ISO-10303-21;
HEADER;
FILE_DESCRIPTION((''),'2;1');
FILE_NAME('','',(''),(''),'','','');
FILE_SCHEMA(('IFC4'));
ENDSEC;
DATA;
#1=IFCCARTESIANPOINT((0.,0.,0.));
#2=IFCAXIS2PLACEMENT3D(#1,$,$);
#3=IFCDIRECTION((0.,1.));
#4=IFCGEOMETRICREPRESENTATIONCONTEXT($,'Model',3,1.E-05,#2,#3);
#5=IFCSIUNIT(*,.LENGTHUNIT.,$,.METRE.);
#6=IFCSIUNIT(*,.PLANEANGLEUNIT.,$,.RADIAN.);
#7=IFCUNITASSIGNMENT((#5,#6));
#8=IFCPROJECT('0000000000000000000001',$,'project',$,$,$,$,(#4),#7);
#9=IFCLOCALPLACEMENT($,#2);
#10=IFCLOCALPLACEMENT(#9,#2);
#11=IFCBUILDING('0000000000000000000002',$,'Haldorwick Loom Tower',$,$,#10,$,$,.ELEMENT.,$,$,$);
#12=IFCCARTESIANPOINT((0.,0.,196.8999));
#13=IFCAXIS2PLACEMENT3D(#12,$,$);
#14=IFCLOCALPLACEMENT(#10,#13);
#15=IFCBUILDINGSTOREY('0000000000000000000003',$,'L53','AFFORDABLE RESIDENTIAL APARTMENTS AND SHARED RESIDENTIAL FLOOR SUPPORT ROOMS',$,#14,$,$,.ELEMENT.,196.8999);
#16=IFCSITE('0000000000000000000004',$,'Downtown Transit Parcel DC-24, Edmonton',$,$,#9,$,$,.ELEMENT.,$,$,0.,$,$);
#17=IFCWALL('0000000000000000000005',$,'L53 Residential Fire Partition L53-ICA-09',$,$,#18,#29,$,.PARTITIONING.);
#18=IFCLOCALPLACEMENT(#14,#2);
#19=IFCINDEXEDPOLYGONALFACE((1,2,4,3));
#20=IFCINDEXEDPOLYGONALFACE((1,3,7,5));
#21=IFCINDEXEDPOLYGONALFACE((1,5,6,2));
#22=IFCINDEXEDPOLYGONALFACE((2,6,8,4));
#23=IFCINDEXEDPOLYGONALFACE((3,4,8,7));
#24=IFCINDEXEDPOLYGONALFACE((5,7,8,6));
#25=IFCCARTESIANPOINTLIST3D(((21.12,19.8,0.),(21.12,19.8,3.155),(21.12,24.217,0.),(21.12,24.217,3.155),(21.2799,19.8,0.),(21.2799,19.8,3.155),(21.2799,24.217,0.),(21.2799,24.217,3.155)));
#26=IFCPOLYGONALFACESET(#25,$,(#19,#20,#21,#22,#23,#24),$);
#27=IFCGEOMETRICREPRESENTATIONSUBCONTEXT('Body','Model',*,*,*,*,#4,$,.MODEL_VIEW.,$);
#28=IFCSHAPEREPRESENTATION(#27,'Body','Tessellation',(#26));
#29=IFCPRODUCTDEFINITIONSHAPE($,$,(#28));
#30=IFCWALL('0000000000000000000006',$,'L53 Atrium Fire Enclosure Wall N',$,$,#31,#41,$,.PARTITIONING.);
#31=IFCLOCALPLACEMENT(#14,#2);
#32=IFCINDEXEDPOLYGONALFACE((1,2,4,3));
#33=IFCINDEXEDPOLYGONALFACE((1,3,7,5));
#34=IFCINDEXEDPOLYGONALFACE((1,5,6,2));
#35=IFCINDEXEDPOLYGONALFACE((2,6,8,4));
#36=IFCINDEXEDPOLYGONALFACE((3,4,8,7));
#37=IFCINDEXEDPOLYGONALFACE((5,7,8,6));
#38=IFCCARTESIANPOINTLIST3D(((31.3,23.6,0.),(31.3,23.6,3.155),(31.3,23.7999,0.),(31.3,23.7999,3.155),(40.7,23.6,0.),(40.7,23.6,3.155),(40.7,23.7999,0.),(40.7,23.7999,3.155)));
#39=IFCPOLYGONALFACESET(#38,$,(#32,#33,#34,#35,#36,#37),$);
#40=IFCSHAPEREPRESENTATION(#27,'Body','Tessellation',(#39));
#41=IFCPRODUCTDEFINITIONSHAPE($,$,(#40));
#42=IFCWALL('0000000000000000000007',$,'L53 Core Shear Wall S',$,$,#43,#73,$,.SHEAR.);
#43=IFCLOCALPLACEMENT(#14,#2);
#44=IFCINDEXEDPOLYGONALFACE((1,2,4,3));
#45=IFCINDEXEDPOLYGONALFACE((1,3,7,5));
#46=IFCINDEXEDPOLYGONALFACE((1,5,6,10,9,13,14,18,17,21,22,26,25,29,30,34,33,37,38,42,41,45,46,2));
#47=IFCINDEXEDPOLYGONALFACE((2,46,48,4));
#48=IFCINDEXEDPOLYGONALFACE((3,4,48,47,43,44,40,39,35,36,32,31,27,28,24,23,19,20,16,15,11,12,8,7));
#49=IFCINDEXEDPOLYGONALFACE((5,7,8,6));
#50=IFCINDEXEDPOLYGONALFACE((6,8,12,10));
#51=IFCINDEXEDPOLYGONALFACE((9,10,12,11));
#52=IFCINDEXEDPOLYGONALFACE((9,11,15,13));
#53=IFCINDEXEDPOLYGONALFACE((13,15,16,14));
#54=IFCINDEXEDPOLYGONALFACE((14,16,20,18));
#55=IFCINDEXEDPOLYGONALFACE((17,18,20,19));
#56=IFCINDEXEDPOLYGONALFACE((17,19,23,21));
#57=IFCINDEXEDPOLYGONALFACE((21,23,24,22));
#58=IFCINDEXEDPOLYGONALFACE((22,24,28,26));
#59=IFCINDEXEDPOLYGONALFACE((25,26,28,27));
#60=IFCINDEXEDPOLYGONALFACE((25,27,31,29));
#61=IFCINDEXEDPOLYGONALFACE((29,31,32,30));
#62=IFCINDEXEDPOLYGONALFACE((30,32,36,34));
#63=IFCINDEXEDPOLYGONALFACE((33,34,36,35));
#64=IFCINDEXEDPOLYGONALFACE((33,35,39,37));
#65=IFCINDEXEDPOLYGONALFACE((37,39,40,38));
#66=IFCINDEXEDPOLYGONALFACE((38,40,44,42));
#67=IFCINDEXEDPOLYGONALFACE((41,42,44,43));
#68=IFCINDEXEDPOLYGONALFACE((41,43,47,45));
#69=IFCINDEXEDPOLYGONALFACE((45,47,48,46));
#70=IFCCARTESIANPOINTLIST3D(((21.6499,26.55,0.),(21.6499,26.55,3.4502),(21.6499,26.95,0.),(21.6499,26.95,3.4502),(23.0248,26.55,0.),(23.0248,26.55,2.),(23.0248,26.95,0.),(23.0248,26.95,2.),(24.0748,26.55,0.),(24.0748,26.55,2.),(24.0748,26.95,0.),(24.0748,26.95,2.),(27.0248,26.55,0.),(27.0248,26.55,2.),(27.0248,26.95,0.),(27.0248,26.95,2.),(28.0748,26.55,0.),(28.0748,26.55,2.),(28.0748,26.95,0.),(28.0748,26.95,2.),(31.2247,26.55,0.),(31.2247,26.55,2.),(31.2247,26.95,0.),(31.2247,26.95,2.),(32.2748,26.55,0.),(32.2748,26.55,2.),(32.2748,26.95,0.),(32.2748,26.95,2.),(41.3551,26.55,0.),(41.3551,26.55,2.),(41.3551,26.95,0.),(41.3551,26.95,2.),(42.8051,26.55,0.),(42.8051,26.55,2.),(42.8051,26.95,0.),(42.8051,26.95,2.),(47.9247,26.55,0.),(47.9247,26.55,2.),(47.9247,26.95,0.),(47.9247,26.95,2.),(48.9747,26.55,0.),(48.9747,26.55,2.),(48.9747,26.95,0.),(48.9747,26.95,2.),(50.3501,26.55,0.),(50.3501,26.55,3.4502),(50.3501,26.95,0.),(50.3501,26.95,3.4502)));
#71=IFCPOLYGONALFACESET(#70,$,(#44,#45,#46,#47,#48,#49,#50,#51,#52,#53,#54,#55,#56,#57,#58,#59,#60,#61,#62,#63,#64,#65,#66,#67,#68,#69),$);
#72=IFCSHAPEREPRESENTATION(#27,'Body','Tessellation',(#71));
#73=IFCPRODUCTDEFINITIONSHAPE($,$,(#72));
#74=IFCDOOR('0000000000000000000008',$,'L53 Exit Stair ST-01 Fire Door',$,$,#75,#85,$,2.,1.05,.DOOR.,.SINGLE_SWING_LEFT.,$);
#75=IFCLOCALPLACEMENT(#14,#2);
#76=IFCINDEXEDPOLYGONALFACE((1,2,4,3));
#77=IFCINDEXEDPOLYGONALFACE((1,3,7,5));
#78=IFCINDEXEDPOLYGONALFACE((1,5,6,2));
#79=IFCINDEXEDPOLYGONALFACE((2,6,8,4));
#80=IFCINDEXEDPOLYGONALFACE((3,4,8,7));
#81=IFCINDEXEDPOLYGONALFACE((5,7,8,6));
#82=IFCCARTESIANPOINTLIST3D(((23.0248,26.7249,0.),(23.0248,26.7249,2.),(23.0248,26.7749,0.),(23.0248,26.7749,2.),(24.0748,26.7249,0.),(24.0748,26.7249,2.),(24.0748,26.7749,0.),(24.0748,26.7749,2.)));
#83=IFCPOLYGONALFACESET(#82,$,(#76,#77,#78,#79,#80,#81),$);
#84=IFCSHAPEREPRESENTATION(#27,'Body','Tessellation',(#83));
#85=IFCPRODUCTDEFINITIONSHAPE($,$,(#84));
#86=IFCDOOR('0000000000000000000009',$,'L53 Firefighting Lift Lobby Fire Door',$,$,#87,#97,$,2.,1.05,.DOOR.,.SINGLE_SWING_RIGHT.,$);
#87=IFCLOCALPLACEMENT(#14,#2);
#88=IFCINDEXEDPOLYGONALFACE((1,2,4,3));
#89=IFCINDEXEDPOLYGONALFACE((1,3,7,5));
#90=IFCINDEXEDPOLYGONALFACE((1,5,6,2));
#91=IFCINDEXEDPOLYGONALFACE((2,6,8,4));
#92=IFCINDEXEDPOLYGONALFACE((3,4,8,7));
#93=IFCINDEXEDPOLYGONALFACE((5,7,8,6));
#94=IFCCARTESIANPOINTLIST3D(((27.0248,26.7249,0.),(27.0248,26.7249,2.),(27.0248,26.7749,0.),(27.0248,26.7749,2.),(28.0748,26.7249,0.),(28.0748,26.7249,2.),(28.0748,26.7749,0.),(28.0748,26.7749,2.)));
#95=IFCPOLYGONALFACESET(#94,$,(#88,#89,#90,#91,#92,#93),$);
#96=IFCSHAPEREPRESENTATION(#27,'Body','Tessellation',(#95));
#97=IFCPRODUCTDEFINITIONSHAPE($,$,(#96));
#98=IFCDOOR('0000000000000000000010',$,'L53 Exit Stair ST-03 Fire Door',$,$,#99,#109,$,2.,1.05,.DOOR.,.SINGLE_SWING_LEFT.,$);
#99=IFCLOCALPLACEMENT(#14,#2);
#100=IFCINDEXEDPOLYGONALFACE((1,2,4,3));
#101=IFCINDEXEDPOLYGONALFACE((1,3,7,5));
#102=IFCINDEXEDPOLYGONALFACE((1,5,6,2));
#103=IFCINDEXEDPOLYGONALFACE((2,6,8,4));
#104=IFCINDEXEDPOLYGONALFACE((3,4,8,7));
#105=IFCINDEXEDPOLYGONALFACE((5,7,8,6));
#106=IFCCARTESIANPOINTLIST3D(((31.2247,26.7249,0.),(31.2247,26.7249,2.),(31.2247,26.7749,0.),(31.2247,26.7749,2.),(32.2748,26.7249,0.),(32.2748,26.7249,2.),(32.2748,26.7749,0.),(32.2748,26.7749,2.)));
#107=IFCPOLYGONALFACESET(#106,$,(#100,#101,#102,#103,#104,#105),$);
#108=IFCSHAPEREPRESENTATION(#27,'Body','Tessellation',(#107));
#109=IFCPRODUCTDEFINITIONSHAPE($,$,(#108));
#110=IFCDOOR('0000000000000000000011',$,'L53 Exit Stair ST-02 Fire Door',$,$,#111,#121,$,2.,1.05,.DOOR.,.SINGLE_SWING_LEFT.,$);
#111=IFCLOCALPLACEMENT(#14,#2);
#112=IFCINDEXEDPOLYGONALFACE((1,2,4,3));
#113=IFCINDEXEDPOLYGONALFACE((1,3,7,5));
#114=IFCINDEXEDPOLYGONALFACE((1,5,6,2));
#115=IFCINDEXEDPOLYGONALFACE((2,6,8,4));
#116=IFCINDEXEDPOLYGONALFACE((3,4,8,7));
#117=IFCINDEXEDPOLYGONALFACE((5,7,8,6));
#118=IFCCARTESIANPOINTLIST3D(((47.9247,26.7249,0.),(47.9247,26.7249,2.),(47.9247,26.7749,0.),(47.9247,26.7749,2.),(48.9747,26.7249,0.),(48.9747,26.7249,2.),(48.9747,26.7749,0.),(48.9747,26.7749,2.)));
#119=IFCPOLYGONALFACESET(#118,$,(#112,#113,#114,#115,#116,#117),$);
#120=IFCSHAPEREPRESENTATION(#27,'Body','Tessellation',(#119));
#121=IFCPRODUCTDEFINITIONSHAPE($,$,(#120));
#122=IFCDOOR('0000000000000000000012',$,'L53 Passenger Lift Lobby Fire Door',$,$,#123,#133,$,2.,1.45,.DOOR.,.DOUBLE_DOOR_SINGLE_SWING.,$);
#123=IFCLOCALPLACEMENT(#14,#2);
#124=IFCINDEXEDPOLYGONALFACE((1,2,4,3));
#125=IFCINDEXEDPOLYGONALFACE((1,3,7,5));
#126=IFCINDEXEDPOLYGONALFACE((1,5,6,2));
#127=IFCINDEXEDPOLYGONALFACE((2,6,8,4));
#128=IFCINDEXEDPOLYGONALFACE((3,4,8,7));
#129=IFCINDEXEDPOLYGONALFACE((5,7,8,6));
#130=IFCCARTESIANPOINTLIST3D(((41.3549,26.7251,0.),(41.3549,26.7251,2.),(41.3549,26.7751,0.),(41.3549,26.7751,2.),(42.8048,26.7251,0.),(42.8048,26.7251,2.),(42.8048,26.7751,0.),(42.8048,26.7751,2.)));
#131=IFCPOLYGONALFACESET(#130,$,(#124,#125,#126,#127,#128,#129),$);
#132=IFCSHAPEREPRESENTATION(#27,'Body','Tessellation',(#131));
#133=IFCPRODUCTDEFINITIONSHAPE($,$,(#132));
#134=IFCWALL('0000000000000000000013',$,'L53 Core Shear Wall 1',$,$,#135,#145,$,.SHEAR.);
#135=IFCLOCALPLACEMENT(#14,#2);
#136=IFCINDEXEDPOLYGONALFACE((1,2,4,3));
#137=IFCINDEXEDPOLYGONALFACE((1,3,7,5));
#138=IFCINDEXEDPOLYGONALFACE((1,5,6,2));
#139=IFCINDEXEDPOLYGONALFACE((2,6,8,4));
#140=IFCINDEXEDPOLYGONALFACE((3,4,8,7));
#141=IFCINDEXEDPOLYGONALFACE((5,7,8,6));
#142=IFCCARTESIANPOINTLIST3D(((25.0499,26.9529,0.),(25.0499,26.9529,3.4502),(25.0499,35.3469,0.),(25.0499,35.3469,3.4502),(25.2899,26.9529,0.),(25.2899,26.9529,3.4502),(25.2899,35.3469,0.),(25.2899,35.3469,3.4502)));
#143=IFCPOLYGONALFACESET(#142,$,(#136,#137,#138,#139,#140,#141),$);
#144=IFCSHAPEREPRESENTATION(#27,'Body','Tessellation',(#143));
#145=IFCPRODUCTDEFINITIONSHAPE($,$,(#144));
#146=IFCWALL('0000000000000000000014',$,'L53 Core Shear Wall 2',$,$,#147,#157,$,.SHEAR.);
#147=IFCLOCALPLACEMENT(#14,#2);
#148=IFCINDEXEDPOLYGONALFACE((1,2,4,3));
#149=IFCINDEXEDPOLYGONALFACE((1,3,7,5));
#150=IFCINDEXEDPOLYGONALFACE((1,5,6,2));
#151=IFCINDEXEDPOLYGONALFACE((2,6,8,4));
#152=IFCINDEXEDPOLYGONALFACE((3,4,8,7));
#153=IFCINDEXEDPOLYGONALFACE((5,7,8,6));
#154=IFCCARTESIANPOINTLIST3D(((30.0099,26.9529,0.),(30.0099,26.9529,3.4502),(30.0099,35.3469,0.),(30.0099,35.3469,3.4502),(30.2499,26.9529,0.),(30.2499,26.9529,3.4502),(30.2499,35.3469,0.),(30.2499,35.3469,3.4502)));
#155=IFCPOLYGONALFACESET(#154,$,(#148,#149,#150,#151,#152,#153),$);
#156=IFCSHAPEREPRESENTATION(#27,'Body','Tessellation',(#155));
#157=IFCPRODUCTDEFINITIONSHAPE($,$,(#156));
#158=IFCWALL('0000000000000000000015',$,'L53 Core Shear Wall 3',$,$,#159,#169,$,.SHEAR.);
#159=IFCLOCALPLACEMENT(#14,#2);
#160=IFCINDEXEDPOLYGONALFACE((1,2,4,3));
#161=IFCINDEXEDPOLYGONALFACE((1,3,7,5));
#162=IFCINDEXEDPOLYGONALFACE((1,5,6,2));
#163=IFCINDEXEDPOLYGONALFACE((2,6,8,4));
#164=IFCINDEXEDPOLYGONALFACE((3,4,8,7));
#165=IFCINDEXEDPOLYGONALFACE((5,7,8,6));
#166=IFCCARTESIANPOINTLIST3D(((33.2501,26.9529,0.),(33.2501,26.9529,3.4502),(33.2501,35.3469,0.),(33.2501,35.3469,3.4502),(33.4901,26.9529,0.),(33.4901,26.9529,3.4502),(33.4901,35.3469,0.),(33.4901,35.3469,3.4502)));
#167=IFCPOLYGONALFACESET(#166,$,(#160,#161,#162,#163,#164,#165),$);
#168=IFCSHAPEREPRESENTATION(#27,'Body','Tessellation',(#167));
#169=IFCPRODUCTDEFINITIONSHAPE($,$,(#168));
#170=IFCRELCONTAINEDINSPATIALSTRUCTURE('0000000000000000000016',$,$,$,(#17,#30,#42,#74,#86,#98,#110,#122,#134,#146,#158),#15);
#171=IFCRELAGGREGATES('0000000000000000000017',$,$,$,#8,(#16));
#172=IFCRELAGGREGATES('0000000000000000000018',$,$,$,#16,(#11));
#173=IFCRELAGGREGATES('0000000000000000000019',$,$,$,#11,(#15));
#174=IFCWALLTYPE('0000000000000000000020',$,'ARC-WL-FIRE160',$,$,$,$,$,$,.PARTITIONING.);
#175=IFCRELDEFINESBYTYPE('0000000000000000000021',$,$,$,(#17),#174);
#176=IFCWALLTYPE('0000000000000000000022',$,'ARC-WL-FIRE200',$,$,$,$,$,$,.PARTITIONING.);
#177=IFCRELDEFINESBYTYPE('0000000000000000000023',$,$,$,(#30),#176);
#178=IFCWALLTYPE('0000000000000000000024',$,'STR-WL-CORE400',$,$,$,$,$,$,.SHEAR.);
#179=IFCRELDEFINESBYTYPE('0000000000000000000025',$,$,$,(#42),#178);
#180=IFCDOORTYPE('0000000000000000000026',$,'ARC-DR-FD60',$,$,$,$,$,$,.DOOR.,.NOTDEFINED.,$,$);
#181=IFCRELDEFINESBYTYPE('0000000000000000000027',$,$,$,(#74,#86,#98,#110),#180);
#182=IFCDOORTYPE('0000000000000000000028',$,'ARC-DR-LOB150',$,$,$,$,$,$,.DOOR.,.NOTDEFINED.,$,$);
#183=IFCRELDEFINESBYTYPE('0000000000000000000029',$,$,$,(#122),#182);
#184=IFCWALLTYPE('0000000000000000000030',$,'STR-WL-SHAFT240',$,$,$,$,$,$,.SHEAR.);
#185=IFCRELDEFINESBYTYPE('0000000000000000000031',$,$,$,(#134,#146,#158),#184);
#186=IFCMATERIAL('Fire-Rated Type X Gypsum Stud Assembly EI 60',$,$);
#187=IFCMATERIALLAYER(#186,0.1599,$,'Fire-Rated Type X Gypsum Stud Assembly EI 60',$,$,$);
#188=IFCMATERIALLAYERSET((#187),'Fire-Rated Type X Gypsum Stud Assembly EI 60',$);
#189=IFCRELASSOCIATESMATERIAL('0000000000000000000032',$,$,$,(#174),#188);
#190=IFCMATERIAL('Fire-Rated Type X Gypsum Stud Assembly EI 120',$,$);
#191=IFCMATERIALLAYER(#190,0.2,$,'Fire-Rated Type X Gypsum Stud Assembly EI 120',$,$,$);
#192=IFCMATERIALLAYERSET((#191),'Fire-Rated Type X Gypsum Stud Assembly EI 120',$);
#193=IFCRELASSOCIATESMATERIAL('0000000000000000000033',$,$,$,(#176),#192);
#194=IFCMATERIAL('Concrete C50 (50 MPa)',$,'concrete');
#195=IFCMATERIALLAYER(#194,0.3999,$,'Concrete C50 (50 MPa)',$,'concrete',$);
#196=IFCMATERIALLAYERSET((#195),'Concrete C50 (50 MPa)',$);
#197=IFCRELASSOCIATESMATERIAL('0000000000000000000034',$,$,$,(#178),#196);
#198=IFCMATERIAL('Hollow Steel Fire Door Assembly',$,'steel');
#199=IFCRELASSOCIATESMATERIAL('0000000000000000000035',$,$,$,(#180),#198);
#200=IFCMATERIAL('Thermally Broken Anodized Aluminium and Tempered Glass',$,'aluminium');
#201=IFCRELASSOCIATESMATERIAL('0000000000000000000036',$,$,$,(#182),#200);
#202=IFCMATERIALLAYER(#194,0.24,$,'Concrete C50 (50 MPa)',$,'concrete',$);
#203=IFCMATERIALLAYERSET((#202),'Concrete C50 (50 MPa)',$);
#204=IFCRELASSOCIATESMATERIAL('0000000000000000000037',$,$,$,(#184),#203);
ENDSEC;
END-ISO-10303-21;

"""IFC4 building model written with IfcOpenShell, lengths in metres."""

from ifc_helpers import new_model, si_unit, direction, frame, frame_2d, origin, place, context, subcontext, project, spatial, rectangle, extrude, material, layer, layer_set, type_object, element, fill, save


model = new_model("IFC4")

# Units and contexts
model_context = context("Model", 3, precision=1e-05, world=origin(), true_north=direction((0.0, 1.0)))
body_context = subcontext(model_context, "Body", "Model", "MODEL_VIEW")
ifc_project = project(units=[si_unit("LENGTHUNIT", "METRE"), si_unit("PLANEANGLEUNIT", "RADIAN")], contexts=[model_context])

# Site, building, storey
site_placement = place(None, origin())
site = spatial("IfcSite", under=ifc_project, at=site_placement, Name="Downtown Transit Parcel DC-24, Edmonton", CompositionType="ELEMENT", RefElevation=0.0)
building_placement = place(site_placement, origin())
building = spatial("IfcBuilding", under=site, at=building_placement, Name="Haldorwick Loom Tower", CompositionType="ELEMENT")
storey_placement = place(building_placement, frame((0.0, 0.0, 196.8999)))
storey = spatial("IfcBuildingStorey", under=building, at=storey_placement, Name="L53", Description="AFFORDABLE RESIDENTIAL APARTMENTS AND SHARED RESIDENTIAL FLOOR SUPPORT ROOMS", CompositionType="ELEMENT", Elevation=196.8999)

# Shared definitions
ifc_material_1 = material(Name="Concrete C50 (50 MPa)", Category="concrete")

# Walls
ifc_material_2 = material(Name="Fire-Rated Type X Gypsum Stud Assembly EI 60")
ifc_layer_1 = layer(ifc_material_2, 0.1599, Name="Fire-Rated Type X Gypsum Stud Assembly EI 60")
ifc_layer_set_1 = layer_set([ifc_layer_1], Name="Fire-Rated Type X Gypsum Stud Assembly EI 60")
wall_type_1 = type_object("IfcWallType", Name="ARC-WL-FIRE160", PredefinedType="PARTITIONING", material=ifc_layer_set_1)
wall_1_placement = place(storey_placement, frame((21.2, 24.217, 0.0), z_axis=(0.0, 0.0, 1.0), x_axis=(0.0, -1.0, 0.0)))
element("IfcWall", 1, at=wall_1_placement, inside=storey, type_object=wall_type_1, Name="L53 Residential Fire Partition L53-ICA-09", PredefinedType="PARTITIONING", context=body_context, shape_type="SweptSolid", body=[
    extrude(rectangle(XDim=4.417, YDim=0.1599, at=frame_2d((2.2085, 0.0))), origin(), (0.0, 0.0, 1.0), 3.155),
])
ifc_material_3 = material(Name="Fire-Rated Type X Gypsum Stud Assembly EI 120")
ifc_layer_2 = layer(ifc_material_3, 0.2, Name="Fire-Rated Type X Gypsum Stud Assembly EI 120")
ifc_layer_set_2 = layer_set([ifc_layer_2], Name="Fire-Rated Type X Gypsum Stud Assembly EI 120")
wall_type_2 = type_object("IfcWallType", Name="ARC-WL-FIRE200", PredefinedType="PARTITIONING", material=ifc_layer_set_2)
wall_2_placement = place(storey_placement, frame((31.3, 23.7, 0.0), z_axis=(0.0, 0.0, 1.0), x_axis=(1.0, 0.0, 0.0)))
element("IfcWall", 2, at=wall_2_placement, inside=storey, type_object=wall_type_2, Name="L53 Atrium Fire Enclosure Wall N", PredefinedType="PARTITIONING", context=body_context, shape_type="SweptSolid", body=[
    extrude(rectangle(XDim=9.3999, YDim=0.2, at=frame_2d((4.7, 0.0))), origin(), (0.0, 0.0, 1.0), 3.155),
])

# Wall, openings, doors
ifc_layer_3 = layer(ifc_material_1, 0.3999, Name="Concrete C50 (50 MPa)", Category="concrete")
ifc_layer_set_3 = layer_set([ifc_layer_3], Name="Concrete C50 (50 MPa)")
wall_type_3 = type_object("IfcWallType", Name="STR-WL-CORE400", PredefinedType="SHEAR", material=ifc_layer_set_3)
wall_3_placement = place(storey_placement, frame((21.6499, 26.75, 0.0), z_axis=(0.0, 0.0, 1.0), x_axis=(1.0, 0.0, 0.0)))
wall_3 = element("IfcWall", 3, at=wall_3_placement, inside=storey, type_object=wall_type_3, Name="L53 Core Shear Wall S", PredefinedType="SHEAR", context=body_context, shape_type="SweptSolid", body=[
    extrude(rectangle(XDim=28.7002, YDim=0.3999, at=frame_2d((14.3501, 0.0))), origin(), (0.0, 0.0, 1.0), 3.4502),
])
opening_1_placement = place(wall_3_placement, frame((1.375, 0.0, 0.0)))
opening_1 = element("IfcOpeningElement", 4, at=opening_1_placement, cuts=wall_3, PredefinedType="OPENING", context=body_context, shape_type="SweptSolid", body=[
    extrude(rectangle(XDim=1.05, YDim=2.0, at=frame_2d((0.5249, 1.0))), frame((0.0, 0.21, 0.0), z_axis=(0.0, -1.0, 0.0), x_axis=(1.0, 0.0, 0.0)), (0.0, 0.0, 1.0), 0.4199),
])
opening_2_placement = place(wall_3_placement, frame((5.375, 0.0, 0.0)))
opening_2 = element("IfcOpeningElement", 5, at=opening_2_placement, cuts=wall_3, PredefinedType="OPENING", context=body_context, shape_type="SweptSolid", body=[
    extrude(rectangle(XDim=1.05, YDim=2.0, at=frame_2d((0.5249, 1.0))), frame((0.0, 0.21, 0.0), z_axis=(0.0, -1.0, 0.0), x_axis=(1.0, 0.0, 0.0)), (0.0, 0.0, 1.0), 0.4199),
])
opening_3_placement = place(wall_3_placement, frame((9.575, 0.0, 0.0)))
opening_3 = element("IfcOpeningElement", 6, at=opening_3_placement, cuts=wall_3, PredefinedType="OPENING", context=body_context, shape_type="SweptSolid", body=[
    extrude(rectangle(XDim=1.05, YDim=2.0, at=frame_2d((0.5249, 1.0))), frame((0.0, 0.21, 0.0), z_axis=(0.0, -1.0, 0.0), x_axis=(1.0, 0.0, 0.0)), (0.0, 0.0, 1.0), 0.4199),
])
opening_4_placement = place(wall_3_placement, frame((19.7051, 0.0, 0.0)))
opening_4 = element("IfcOpeningElement", 7, at=opening_4_placement, cuts=wall_3, PredefinedType="OPENING", context=body_context, shape_type="SweptSolid", body=[
    extrude(rectangle(XDim=1.45, YDim=2.0, at=frame_2d((0.7251, 1.0))), frame((0.0, 0.21, 0.0), z_axis=(0.0, -1.0, 0.0), x_axis=(1.0, 0.0, 0.0)), (0.0, 0.0, 1.0), 0.4199),
])
opening_5_placement = place(wall_3_placement, frame((26.2749, 0.0, 0.0)))
opening_5 = element("IfcOpeningElement", 8, at=opening_5_placement, cuts=wall_3, PredefinedType="OPENING", context=body_context, shape_type="SweptSolid", body=[
    extrude(rectangle(XDim=1.05, YDim=2.0, at=frame_2d((0.5249, 1.0))), frame((0.0, 0.21, 0.0), z_axis=(0.0, -1.0, 0.0), x_axis=(1.0, 0.0, 0.0)), (0.0, 0.0, 1.0), 0.4199),
])
ifc_material_4 = material(Name="Hollow Steel Fire Door Assembly", Category="steel")
door_type_1 = type_object("IfcDoorType", Name="ARC-DR-FD60", OperationType="NOTDEFINED", PredefinedType="DOOR", material=ifc_material_4)
door_1_placement = place(opening_1_placement, origin())
door_1 = element("IfcDoor", 9, at=door_1_placement, inside=storey, type_object=door_type_1, Name="L53 Exit Stair ST-01 Fire Door", OperationType="SINGLE_SWING_LEFT", OverallHeight=2.0, OverallWidth=1.05, PredefinedType="DOOR", context=body_context, shape_type="SweptSolid", body=[
    extrude(rectangle(XDim=1.05, YDim=2.0, at=frame_2d((0.5249, 1.0))), frame((0.0, 0.0249, 0.0), z_axis=(0.0, -1.0, 0.0), x_axis=(1.0, 0.0, 0.0)), (0.0, 0.0, 1.0), 0.05),
])
fill(opening_1, door_1)
door_2_placement = place(opening_2_placement, origin())
door_2 = element("IfcDoor", 10, at=door_2_placement, inside=storey, type_object=door_type_1, Name="L53 Firefighting Lift Lobby Fire Door", OperationType="SINGLE_SWING_RIGHT", OverallHeight=2.0, OverallWidth=1.05, PredefinedType="DOOR", context=body_context, shape_type="SweptSolid", body=[
    extrude(rectangle(XDim=1.05, YDim=2.0, at=frame_2d((0.5249, 1.0))), frame((0.0, 0.0249, 0.0), z_axis=(0.0, -1.0, 0.0), x_axis=(1.0, 0.0, 0.0)), (0.0, 0.0, 1.0), 0.05),
])
fill(opening_2, door_2)
door_3_placement = place(opening_3_placement, origin())
door_3 = element("IfcDoor", 11, at=door_3_placement, inside=storey, type_object=door_type_1, Name="L53 Exit Stair ST-03 Fire Door", OperationType="SINGLE_SWING_LEFT", OverallHeight=2.0, OverallWidth=1.05, PredefinedType="DOOR", context=body_context, shape_type="SweptSolid", body=[
    extrude(rectangle(XDim=1.05, YDim=2.0, at=frame_2d((0.5249, 1.0))), frame((0.0, 0.0249, 0.0), z_axis=(0.0, -1.0, 0.0), x_axis=(1.0, 0.0, 0.0)), (0.0, 0.0, 1.0), 0.05),
])
fill(opening_3, door_3)
door_4_placement = place(opening_5_placement, origin())
door_4 = element("IfcDoor", 12, at=door_4_placement, inside=storey, type_object=door_type_1, Name="L53 Exit Stair ST-02 Fire Door", OperationType="SINGLE_SWING_LEFT", OverallHeight=2.0, OverallWidth=1.05, PredefinedType="DOOR", context=body_context, shape_type="SweptSolid", body=[
    extrude(rectangle(XDim=1.05, YDim=2.0, at=frame_2d((0.5249, 1.0))), frame((0.0, 0.0249, 0.0), z_axis=(0.0, -1.0, 0.0), x_axis=(1.0, 0.0, 0.0)), (0.0, 0.0, 1.0), 0.05),
])
fill(opening_5, door_4)
ifc_material_5 = material(Name="Thermally Broken Anodized Aluminium and Tempered Glass", Category="aluminium")
door_type_2 = type_object("IfcDoorType", Name="ARC-DR-LOB150", OperationType="NOTDEFINED", PredefinedType="DOOR", material=ifc_material_5)
door_5_placement = place(opening_4_placement, frame((1.45, 0.0, 0.0), z_axis=(0.0, 0.0, 1.0), x_axis=(-1.0, 0.0, 0.0)))
door_5 = element("IfcDoor", 13, at=door_5_placement, inside=storey, type_object=door_type_2, Name="L53 Passenger Lift Lobby Fire Door", OperationType="DOUBLE_DOOR_SINGLE_SWING", OverallHeight=2.0, OverallWidth=1.45, PredefinedType="DOOR", context=body_context, shape_type="SweptSolid", body=[
    extrude(rectangle(XDim=1.45, YDim=2.0, at=frame_2d((0.7251, 1.0))), frame((0.0, 0.0249, 0.0), z_axis=(0.0, -1.0, 0.0), x_axis=(1.0, 0.0, 0.0)), (0.0, 0.0, 1.0), 0.05),
])
fill(opening_4, door_5)

# Walls
ifc_layer_4 = layer(ifc_material_1, 0.24, Name="Concrete C50 (50 MPa)", Category="concrete")
ifc_layer_set_4 = layer_set([ifc_layer_4], Name="Concrete C50 (50 MPa)")
wall_type_4 = type_object("IfcWallType", Name="STR-WL-SHAFT240", PredefinedType="SHEAR", material=ifc_layer_set_4)
for number, where, z_axis, x_axis, name in (
    (14, (25.1699, 26.9529, 0.0), (0.0, 0.0, 1.0), (0.0, 1.0, 0.0), "L53 Core Shear Wall 1"),
    (15, (30.1299, 26.9529, 0.0), (0.0, 0.0, 1.0), (0.0, 1.0, 0.0), "L53 Core Shear Wall 2"),
    (16, (33.3701, 26.9529, 0.0), (0.0, 0.0, 1.0), (0.0, 1.0, 0.0), "L53 Core Shear Wall 3"),
):
    element("IfcWall", number, at=place(storey_placement, frame(where, z_axis=z_axis, x_axis=x_axis)), inside=storey, type_object=wall_type_4, Name=name, PredefinedType="SHEAR", context=body_context, shape_type="SweptSolid", body=[
        extrude(rectangle(XDim=8.394, YDim=0.24, at=frame_2d((4.197, 0.0))), origin(), (0.0, 0.0, 1.0), 3.4502),
    ])

save(model, "model.ifc")
